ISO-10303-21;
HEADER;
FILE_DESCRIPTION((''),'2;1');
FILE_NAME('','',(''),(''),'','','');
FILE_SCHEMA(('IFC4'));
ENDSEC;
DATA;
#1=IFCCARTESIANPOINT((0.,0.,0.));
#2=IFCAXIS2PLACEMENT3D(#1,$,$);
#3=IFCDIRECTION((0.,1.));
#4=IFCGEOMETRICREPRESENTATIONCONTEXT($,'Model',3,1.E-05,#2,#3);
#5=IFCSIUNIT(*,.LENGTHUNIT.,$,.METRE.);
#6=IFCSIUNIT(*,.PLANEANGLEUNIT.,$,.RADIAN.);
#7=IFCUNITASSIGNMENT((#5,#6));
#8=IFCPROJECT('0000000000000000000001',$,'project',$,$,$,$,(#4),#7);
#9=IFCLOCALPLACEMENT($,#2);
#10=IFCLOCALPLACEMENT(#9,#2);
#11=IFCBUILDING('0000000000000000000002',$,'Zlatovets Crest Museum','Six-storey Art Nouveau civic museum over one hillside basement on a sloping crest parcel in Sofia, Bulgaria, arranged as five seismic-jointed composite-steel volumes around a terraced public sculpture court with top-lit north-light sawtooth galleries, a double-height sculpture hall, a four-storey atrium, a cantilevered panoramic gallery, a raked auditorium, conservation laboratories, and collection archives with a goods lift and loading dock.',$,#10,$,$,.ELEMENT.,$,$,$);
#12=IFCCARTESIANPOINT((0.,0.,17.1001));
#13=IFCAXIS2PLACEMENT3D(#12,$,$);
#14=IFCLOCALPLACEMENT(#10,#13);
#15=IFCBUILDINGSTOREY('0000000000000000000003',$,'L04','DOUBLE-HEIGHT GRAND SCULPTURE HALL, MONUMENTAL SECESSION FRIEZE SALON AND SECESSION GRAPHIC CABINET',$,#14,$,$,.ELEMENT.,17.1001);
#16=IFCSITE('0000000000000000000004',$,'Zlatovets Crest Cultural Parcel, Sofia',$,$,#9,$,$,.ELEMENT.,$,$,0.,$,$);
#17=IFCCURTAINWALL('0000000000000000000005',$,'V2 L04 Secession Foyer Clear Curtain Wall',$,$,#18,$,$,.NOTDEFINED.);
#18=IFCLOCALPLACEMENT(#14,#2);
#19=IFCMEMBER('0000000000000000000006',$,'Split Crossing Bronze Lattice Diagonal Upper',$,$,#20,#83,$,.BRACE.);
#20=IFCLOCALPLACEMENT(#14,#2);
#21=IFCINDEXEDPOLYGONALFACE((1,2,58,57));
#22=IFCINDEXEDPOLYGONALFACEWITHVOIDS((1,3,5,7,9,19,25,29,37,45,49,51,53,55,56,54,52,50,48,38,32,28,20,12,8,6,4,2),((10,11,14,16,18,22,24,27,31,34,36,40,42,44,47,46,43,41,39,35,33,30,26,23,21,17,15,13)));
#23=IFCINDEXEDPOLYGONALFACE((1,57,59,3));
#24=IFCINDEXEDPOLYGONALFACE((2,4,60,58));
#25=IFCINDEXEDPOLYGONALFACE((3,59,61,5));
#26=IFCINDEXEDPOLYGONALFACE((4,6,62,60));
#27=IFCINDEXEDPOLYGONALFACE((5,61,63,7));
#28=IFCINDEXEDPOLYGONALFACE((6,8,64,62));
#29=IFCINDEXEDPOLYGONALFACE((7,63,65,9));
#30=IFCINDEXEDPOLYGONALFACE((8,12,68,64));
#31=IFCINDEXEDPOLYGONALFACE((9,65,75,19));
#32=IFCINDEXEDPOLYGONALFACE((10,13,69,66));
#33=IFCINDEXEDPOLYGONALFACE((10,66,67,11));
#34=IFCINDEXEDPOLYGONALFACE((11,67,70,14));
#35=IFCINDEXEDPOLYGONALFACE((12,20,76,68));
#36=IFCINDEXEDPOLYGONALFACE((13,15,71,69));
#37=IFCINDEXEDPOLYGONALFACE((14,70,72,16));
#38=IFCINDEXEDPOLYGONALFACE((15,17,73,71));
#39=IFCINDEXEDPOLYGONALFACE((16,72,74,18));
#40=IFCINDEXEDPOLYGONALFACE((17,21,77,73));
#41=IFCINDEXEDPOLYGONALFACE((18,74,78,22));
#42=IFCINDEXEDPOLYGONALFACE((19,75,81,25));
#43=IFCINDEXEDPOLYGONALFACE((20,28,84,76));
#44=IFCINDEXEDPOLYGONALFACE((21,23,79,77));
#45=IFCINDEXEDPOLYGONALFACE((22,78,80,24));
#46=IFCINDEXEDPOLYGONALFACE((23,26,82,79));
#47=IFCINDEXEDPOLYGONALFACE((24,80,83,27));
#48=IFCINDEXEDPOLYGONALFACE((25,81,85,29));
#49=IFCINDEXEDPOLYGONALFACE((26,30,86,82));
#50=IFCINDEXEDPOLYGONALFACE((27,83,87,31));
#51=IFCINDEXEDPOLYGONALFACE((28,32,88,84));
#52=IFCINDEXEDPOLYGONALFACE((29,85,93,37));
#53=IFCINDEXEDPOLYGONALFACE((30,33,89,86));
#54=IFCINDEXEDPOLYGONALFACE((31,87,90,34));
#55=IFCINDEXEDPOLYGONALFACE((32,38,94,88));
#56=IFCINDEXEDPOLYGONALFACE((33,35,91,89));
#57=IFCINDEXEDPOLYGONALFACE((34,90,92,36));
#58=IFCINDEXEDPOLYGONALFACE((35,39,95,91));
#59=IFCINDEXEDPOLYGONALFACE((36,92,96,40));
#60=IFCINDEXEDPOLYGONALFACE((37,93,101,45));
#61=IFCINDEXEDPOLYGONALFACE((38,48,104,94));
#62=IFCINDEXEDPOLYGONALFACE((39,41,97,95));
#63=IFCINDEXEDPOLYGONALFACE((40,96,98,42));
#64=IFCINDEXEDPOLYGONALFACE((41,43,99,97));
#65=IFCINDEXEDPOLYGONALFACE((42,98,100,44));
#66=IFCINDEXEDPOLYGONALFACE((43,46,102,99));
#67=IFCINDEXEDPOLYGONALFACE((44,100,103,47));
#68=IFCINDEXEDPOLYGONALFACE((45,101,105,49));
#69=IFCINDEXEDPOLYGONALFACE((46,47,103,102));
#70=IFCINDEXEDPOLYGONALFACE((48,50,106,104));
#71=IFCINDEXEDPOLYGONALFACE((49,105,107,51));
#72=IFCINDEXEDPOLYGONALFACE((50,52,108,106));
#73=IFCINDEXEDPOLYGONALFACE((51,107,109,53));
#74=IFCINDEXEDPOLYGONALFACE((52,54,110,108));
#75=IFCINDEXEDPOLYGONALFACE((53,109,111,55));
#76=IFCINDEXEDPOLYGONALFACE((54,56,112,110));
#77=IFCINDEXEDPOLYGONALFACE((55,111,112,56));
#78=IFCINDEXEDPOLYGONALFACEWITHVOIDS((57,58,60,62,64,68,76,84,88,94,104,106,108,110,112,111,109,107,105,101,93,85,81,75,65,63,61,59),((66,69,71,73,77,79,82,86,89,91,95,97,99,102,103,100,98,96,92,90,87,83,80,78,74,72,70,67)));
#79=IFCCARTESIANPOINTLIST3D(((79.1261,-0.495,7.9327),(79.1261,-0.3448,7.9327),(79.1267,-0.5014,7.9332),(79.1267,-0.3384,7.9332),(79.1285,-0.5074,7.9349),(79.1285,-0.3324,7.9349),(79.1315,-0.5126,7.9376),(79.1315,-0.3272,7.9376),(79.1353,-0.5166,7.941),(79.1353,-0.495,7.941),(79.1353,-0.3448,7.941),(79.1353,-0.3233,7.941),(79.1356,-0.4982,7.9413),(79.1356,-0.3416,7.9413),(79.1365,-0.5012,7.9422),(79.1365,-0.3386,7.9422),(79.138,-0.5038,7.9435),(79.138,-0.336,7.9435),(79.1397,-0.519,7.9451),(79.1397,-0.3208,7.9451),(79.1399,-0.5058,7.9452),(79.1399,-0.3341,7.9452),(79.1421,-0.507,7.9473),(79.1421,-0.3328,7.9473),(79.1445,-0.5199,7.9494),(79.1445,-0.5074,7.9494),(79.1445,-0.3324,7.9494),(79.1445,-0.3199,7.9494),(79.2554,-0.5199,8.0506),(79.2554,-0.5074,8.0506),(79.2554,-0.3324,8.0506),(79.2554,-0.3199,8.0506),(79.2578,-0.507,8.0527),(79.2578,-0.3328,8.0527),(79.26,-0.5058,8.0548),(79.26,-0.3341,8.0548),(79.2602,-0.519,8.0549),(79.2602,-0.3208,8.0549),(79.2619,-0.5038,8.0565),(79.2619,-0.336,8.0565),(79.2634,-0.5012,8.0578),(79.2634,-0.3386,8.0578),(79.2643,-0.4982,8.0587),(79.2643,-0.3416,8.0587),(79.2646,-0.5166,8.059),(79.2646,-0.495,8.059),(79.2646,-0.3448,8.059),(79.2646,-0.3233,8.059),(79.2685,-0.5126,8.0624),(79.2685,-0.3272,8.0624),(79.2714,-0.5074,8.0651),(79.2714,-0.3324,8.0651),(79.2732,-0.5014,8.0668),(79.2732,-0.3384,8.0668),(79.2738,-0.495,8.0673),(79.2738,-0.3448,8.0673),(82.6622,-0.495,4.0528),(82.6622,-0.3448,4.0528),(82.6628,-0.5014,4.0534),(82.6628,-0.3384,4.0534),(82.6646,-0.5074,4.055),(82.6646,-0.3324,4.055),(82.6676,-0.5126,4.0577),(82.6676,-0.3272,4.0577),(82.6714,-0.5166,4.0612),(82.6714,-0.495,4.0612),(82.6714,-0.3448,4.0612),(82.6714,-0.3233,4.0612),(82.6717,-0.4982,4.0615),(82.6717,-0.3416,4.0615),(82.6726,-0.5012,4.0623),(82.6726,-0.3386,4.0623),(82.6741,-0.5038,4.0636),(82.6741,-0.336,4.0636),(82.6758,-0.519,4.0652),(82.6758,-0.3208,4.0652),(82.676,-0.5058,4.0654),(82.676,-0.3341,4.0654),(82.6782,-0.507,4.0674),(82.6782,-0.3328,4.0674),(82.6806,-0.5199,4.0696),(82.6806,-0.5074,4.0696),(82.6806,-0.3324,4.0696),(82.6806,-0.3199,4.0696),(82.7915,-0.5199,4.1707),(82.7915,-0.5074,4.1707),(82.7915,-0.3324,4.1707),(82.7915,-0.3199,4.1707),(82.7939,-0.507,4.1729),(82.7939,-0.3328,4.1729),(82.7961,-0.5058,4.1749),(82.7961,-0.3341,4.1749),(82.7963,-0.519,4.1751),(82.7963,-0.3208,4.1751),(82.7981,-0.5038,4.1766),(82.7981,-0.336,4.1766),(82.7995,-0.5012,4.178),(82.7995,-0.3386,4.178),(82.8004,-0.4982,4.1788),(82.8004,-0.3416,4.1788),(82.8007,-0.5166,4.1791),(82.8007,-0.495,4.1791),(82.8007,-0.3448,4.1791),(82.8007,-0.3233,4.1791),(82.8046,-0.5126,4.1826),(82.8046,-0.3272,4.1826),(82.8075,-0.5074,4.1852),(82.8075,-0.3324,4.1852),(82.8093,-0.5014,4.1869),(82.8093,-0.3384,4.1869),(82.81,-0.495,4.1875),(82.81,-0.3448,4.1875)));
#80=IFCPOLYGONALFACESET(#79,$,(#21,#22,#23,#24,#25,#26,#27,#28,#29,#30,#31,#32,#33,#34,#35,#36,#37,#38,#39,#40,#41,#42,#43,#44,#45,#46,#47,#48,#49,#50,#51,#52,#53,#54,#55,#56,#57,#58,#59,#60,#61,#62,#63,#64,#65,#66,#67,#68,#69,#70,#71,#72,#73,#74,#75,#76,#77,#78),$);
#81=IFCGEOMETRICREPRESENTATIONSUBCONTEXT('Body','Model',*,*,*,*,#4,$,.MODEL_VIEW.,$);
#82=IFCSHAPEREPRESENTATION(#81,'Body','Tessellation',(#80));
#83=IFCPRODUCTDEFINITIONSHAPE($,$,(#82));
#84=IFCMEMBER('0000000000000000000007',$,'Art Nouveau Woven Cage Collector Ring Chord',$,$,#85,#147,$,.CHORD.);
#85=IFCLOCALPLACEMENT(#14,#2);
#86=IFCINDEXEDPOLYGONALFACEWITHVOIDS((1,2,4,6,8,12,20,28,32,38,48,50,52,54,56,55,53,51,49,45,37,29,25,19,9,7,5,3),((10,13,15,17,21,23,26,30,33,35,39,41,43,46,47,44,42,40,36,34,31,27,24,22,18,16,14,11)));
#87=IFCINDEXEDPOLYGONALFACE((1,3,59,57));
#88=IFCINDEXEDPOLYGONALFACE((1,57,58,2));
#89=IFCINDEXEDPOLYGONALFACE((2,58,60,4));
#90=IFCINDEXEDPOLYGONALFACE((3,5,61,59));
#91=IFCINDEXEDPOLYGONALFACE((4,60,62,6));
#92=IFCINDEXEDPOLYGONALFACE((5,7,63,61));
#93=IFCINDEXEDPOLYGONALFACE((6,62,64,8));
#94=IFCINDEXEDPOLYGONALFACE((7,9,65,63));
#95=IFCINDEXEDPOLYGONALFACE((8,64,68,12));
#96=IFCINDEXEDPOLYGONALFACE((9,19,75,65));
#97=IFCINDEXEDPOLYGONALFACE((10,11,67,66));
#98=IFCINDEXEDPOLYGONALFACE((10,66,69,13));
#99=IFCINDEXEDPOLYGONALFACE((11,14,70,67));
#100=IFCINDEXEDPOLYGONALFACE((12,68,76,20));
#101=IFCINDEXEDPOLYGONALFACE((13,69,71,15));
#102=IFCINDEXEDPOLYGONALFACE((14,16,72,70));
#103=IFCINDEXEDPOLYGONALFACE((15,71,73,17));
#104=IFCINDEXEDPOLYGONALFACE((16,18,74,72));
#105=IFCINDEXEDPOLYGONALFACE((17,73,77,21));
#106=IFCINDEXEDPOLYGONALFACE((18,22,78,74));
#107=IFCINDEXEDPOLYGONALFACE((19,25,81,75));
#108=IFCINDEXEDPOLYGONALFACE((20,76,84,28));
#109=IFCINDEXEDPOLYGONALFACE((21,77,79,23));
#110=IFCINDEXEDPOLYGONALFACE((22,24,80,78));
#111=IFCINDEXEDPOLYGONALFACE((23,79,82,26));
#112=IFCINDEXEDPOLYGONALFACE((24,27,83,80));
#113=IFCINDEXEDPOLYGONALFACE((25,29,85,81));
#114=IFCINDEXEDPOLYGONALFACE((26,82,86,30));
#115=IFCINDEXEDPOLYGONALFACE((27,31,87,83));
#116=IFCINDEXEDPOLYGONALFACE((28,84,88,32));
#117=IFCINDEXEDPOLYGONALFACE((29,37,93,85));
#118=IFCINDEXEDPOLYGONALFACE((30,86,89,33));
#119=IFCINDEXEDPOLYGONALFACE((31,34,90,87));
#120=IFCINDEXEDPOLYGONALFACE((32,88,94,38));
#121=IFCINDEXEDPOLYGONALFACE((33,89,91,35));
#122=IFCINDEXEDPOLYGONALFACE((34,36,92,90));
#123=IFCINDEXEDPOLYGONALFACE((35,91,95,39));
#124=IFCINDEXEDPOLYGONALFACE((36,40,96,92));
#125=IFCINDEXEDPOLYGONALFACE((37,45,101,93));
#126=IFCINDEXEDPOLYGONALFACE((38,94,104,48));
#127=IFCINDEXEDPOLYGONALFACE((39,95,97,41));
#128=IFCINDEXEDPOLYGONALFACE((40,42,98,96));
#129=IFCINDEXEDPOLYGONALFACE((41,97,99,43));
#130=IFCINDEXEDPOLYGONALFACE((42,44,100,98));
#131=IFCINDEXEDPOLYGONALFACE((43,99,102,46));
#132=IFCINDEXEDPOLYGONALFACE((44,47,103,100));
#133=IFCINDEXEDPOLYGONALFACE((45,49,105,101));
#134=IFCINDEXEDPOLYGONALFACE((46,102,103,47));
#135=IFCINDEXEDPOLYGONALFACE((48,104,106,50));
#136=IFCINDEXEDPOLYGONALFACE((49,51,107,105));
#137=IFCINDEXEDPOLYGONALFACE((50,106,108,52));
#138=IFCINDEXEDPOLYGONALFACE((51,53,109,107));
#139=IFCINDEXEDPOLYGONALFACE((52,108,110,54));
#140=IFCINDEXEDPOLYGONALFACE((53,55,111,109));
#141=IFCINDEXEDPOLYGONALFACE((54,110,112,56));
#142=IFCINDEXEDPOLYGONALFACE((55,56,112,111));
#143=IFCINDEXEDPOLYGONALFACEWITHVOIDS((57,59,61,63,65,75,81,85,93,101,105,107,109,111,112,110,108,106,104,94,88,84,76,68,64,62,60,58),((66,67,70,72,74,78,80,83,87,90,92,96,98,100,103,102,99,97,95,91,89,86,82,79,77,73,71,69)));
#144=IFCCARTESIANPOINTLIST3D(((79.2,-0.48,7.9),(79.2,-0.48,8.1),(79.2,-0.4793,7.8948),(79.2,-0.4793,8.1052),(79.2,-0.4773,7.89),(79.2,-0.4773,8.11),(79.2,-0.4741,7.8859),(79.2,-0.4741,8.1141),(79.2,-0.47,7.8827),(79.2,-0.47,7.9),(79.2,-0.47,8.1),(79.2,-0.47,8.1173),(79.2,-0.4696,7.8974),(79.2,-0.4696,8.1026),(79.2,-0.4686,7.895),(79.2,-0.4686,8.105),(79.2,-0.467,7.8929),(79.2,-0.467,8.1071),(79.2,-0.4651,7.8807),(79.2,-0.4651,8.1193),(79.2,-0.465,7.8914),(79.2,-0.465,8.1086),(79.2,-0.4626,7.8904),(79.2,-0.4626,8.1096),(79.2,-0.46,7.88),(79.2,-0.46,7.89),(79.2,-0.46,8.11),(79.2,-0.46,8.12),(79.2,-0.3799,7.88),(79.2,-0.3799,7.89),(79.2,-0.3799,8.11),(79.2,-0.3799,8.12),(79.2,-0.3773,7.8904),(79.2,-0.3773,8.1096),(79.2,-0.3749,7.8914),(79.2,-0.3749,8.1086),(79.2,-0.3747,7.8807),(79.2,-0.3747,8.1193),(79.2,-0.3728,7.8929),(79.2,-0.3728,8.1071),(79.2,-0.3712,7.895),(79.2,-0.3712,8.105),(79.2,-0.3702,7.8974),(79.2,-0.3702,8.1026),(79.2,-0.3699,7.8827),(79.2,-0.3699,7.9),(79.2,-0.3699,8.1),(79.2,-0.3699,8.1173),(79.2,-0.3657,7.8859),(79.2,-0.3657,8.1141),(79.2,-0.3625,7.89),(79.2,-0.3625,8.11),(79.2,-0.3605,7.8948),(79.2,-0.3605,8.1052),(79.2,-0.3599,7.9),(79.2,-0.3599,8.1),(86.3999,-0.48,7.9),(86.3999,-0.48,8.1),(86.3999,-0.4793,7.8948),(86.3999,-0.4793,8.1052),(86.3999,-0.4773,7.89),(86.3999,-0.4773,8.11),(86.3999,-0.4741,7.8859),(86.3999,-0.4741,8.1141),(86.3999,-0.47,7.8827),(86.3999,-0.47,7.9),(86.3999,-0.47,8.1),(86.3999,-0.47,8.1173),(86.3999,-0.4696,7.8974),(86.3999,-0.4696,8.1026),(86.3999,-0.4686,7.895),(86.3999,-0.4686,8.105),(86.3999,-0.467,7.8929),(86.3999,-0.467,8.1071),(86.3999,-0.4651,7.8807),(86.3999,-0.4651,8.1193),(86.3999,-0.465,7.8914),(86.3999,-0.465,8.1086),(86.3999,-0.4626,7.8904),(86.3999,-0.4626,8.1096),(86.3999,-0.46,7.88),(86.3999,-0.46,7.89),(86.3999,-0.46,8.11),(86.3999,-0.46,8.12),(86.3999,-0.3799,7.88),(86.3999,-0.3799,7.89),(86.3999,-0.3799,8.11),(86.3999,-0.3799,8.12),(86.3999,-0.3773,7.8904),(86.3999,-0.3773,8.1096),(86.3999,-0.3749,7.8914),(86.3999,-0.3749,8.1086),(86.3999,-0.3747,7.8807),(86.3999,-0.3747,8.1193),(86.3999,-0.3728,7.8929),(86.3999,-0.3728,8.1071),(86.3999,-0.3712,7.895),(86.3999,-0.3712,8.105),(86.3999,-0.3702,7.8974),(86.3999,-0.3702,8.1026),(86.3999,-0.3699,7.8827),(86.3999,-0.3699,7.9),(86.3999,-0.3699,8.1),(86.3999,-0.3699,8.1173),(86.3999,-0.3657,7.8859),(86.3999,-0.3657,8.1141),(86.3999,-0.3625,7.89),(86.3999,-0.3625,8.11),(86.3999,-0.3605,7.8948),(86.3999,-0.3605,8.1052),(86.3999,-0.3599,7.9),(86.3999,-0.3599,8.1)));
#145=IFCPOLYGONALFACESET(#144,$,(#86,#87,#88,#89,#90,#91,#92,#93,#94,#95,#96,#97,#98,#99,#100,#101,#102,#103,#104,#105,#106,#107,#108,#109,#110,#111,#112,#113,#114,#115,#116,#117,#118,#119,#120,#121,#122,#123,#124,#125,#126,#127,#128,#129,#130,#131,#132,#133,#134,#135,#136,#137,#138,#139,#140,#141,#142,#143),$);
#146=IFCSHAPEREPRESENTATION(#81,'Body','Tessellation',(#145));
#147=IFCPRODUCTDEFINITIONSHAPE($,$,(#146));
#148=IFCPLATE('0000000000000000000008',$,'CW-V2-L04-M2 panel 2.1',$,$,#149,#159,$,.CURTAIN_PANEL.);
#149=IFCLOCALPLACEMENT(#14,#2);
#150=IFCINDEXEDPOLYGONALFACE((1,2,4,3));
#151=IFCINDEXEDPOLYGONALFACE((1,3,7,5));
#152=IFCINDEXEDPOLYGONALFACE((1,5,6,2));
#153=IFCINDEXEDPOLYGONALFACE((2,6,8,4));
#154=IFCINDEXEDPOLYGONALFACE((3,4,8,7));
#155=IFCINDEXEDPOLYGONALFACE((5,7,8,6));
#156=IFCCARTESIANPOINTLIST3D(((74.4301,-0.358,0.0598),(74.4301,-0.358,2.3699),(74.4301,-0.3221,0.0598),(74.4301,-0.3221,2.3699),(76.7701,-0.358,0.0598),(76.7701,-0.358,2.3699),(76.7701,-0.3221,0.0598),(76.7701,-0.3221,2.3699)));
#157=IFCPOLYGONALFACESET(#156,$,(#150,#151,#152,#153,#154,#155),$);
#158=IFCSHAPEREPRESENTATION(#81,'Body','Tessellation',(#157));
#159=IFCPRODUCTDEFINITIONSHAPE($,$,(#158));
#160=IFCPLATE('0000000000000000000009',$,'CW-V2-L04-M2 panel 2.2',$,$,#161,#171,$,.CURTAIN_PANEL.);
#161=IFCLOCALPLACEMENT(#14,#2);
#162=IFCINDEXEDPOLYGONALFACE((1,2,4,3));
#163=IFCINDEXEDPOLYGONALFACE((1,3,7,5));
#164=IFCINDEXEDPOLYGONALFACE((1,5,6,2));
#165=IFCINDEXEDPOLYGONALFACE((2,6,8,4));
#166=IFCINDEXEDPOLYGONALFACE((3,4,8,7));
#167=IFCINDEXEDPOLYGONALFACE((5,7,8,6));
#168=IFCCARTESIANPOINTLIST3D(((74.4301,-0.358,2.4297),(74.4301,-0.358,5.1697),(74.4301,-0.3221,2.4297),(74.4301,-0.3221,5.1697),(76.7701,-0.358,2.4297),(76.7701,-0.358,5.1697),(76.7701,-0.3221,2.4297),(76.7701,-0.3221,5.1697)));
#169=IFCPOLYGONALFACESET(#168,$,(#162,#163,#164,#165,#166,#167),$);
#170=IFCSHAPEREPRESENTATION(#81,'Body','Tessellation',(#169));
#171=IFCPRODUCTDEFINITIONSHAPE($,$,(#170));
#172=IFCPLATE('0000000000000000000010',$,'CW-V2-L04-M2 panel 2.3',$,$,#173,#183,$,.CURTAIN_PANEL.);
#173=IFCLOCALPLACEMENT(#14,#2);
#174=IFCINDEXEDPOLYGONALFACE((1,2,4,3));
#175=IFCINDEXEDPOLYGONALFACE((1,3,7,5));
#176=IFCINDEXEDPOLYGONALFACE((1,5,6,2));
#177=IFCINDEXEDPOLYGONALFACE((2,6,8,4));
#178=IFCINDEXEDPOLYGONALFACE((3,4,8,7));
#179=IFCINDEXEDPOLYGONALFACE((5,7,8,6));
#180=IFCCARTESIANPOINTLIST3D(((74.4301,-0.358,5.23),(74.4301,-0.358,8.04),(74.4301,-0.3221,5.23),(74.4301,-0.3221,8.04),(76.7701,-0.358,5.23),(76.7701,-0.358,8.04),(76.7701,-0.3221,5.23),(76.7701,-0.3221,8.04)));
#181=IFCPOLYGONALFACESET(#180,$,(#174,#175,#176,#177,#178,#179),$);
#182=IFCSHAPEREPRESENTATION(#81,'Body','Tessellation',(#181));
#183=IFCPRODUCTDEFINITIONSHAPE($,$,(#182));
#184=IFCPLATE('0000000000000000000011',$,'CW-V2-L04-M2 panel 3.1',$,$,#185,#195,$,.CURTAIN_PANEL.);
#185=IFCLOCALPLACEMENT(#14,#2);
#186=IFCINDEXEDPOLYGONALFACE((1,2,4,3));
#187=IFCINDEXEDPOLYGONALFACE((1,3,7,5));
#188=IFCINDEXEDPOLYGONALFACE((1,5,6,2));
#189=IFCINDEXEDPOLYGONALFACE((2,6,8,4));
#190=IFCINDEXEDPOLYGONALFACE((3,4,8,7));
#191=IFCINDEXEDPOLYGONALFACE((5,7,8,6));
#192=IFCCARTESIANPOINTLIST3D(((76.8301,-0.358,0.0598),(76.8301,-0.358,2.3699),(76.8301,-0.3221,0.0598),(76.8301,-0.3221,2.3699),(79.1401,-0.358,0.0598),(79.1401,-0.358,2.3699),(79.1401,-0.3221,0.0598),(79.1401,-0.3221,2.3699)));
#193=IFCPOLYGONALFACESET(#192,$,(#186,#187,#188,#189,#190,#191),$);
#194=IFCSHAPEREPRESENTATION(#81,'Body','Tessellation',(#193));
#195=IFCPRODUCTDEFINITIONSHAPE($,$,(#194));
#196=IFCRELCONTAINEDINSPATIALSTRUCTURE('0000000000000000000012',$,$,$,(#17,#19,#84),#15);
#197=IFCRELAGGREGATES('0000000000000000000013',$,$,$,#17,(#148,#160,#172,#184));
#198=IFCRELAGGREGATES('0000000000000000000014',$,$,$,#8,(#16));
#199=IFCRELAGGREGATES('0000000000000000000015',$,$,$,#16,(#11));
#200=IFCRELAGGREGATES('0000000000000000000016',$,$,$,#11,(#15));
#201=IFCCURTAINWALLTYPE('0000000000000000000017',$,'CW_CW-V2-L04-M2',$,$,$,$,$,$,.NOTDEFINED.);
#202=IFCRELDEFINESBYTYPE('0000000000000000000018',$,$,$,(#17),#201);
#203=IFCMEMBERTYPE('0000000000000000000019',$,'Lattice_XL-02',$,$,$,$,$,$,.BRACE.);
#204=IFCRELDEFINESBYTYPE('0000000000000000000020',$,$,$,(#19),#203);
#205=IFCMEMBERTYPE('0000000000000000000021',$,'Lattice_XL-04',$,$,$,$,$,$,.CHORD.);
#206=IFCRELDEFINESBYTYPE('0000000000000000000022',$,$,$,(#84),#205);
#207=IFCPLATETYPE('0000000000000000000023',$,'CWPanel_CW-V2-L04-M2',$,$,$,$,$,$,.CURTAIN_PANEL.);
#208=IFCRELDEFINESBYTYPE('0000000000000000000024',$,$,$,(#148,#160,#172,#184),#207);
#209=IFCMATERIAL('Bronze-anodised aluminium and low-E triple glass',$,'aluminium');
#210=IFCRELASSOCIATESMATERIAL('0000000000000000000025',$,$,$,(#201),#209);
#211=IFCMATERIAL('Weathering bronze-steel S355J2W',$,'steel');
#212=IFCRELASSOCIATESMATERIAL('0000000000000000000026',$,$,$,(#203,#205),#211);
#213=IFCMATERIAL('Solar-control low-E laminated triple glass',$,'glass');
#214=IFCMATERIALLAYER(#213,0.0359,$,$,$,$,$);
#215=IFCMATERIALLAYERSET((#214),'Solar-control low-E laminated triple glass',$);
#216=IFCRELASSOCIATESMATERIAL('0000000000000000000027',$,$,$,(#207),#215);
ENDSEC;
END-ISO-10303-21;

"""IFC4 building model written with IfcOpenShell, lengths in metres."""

from ifc_helpers import new_model, si_unit, direction, frame, origin, origin_2d, place, context, subcontext, project, spatial, rectangle, hollow_rectangle, extrude, material, layer, layer_set, material_profile, profile_set, type_object, element, aggregate, save


model = new_model("IFC4")

# Units and contexts
model_context = context("Model", 3, precision=1e-05, world=origin(), true_north=direction((0.0, 1.0)))
body_context = subcontext(model_context, "Body", "Model", "MODEL_VIEW")
ifc_project = project(units=[si_unit("LENGTHUNIT", "METRE"), si_unit("PLANEANGLEUNIT", "RADIAN")], contexts=[model_context])

# Site, building, storey
site_placement = place(None, origin())
site = spatial("IfcSite", under=ifc_project, at=site_placement, Name="Zlatovets Crest Cultural Parcel, Sofia", CompositionType="ELEMENT", RefElevation=0.0)
building_placement = place(site_placement, origin())
building = spatial("IfcBuilding", under=site, at=building_placement, Name="Zlatovets Crest Museum", Description="Six-storey Art Nouveau civic museum over one hillside basement on a sloping crest parcel in Sofia, Bulgaria, arranged as five seismic-jointed composite-steel volumes around a terraced public sculpture court with top-lit north-light sawtooth galleries, a double-height sculpture hall, a four-storey atrium, a cantilevered panoramic gallery, a raked auditorium, conservation laboratories, and collection archives with a goods lift and loading dock.", CompositionType="ELEMENT")
storey_placement = place(building_placement, frame((0.0, 0.0, 17.1001)))
storey = spatial("IfcBuildingStorey", under=building, at=storey_placement, Name="L04", Description="DOUBLE-HEIGHT GRAND SCULPTURE HALL, MONUMENTAL SECESSION FRIEZE SALON AND SECESSION GRAPHIC CABINET", CompositionType="ELEMENT", Elevation=17.1001)

# Curtain wall
ifc_material_1 = material(Name="Bronze-anodised aluminium and low-E triple glass", Category="aluminium")
curtain_wall_type_1 = type_object("IfcCurtainWallType", Name="CW_CW-V2-L04-M2", PredefinedType="NOTDEFINED", material=ifc_material_1)
curtain_wall_1_placement = place(storey_placement, origin())
curtain_wall_1 = element("IfcCurtainWall", 1, at=curtain_wall_1_placement, inside=storey, type_object=curtain_wall_type_1, Name="V2 L04 Secession Foyer Clear Curtain Wall", PredefinedType="NOTDEFINED")

# Members
ifc_material_2 = material(Name="Weathering bronze-steel S355J2W", Category="steel")
ifc_material_profile_1 = material_profile(ifc_material_2, hollow_rectangle(XDim=0.2, YDim=0.2, WallThickness=0.0125, InnerFilletRadius=0.0125, OuterFilletRadius=0.0249, at=origin_2d()), Name="SHS 200x200x12.5")
ifc_profile_set_1 = profile_set([ifc_material_profile_1], Name="Weathering bronze-steel S355J2W")
member_type_1 = type_object("IfcMemberType", Name="Lattice_XL-02", PredefinedType="BRACE", material=ifc_profile_set_1)
member_1_placement = place(storey_placement, frame((79.2, -0.4199, 8.0), z_axis=(0.673607, 0.0, -0.739089), x_axis=(0.0, 1.0, 0.0)))
element("IfcMember", 2, at=member_1_placement, inside=storey, type_object=member_type_1, Name="Split Crossing Bronze Lattice Diagonal Upper", PredefinedType="BRACE", context=body_context, shape_type="SweptSolid", body=[
    extrude(hollow_rectangle(XDim=0.2, YDim=0.2, WallThickness=0.0125, InnerFilletRadius=0.0125, OuterFilletRadius=0.0249, at=origin_2d()), origin(), (0.0, 0.0, 1.0), 5.2495),
])
ifc_material_profile_2 = material_profile(ifc_material_2, hollow_rectangle(XDim=0.1201, YDim=0.24, WallThickness=0.01, InnerFilletRadius=0.01, OuterFilletRadius=0.02, at=origin_2d()), Name="RHS 120x240x10.0")
ifc_profile_set_2 = profile_set([ifc_material_profile_2], Name="Weathering bronze-steel S355J2W")
member_type_2 = type_object("IfcMemberType", Name="Lattice_XL-04", PredefinedType="CHORD", material=ifc_profile_set_2)
member_2_placement = place(storey_placement, frame((79.2, -0.4199, 8.0), z_axis=(1.0, 0.0, 0.0), x_axis=(0.0, 1.0, 0.0)))
element("IfcMember", 3, at=member_2_placement, inside=storey, type_object=member_type_2, Name="Art Nouveau Woven Cage Collector Ring Chord", PredefinedType="CHORD", context=body_context, shape_type="SweptSolid", body=[
    extrude(hollow_rectangle(XDim=0.1201, YDim=0.24, WallThickness=0.01, InnerFilletRadius=0.01, OuterFilletRadius=0.02, at=origin_2d()), origin(), (0.0, 0.0, 1.0), 7.2),
])

# Plates
ifc_material_3 = material(Name="Solar-control low-E laminated triple glass", Category="glass")
ifc_layer_1 = layer(ifc_material_3, 0.0359)
ifc_layer_set_1 = layer_set([ifc_layer_1], Name="Solar-control low-E laminated triple glass")
plate_type_1 = type_object("IfcPlateType", Name="CWPanel_CW-V2-L04-M2", PredefinedType="CURTAIN_PANEL", material=ifc_layer_set_1)
plate_1_placement = place(storey_placement, frame((75.6001, -0.3401, 0.0598), z_axis=(0.0, 0.0, 1.0), x_axis=(1.0, 0.0, 0.0)))
plate_1 = element("IfcPlate", 4, at=plate_1_placement, type_object=plate_type_1, Name="CW-V2-L04-M2 panel 2.1", PredefinedType="CURTAIN_PANEL", context=body_context, shape_type="SweptSolid", body=[
    extrude(rectangle(XDim=2.3401, YDim=0.0359, at=origin_2d()), origin(), (0.0, 0.0, 1.0), 2.3101),
])
plate_2_placement = place(storey_placement, frame((75.6001, -0.3401, 2.4297), z_axis=(0.0, 0.0, 1.0), x_axis=(1.0, 0.0, 0.0)))
plate_2 = element("IfcPlate", 5, at=plate_2_placement, type_object=plate_type_1, Name="CW-V2-L04-M2 panel 2.2", PredefinedType="CURTAIN_PANEL", context=body_context, shape_type="SweptSolid", body=[
    extrude(rectangle(XDim=2.3401, YDim=0.0359, at=origin_2d()), origin(), (0.0, 0.0, 1.0), 2.74),
])
plate_3_placement = place(storey_placement, frame((75.6001, -0.3401, 5.23), z_axis=(0.0, 0.0, 1.0), x_axis=(1.0, 0.0, 0.0)))
plate_3 = element("IfcPlate", 6, at=plate_3_placement, type_object=plate_type_1, Name="CW-V2-L04-M2 panel 2.3", PredefinedType="CURTAIN_PANEL", context=body_context, shape_type="SweptSolid", body=[
    extrude(rectangle(XDim=2.3401, YDim=0.0359, at=origin_2d()), origin(), (0.0, 0.0, 1.0), 2.8101),
])
plate_4_placement = place(storey_placement, frame((77.9851, -0.3401, 0.0598), z_axis=(0.0, 0.0, 1.0), x_axis=(1.0, 0.0, 0.0)))
plate_4 = element("IfcPlate", 7, at=plate_4_placement, type_object=plate_type_1, Name="CW-V2-L04-M2 panel 3.1", PredefinedType="CURTAIN_PANEL", context=body_context, shape_type="SweptSolid", body=[
    extrude(rectangle(XDim=2.3101, YDim=0.0359, at=origin_2d()), origin(), (0.0, 0.0, 1.0), 2.3101),
])
aggregate(curtain_wall_1, [plate_1, plate_2, plate_3, plate_4])

save(model, "model.ifc")
